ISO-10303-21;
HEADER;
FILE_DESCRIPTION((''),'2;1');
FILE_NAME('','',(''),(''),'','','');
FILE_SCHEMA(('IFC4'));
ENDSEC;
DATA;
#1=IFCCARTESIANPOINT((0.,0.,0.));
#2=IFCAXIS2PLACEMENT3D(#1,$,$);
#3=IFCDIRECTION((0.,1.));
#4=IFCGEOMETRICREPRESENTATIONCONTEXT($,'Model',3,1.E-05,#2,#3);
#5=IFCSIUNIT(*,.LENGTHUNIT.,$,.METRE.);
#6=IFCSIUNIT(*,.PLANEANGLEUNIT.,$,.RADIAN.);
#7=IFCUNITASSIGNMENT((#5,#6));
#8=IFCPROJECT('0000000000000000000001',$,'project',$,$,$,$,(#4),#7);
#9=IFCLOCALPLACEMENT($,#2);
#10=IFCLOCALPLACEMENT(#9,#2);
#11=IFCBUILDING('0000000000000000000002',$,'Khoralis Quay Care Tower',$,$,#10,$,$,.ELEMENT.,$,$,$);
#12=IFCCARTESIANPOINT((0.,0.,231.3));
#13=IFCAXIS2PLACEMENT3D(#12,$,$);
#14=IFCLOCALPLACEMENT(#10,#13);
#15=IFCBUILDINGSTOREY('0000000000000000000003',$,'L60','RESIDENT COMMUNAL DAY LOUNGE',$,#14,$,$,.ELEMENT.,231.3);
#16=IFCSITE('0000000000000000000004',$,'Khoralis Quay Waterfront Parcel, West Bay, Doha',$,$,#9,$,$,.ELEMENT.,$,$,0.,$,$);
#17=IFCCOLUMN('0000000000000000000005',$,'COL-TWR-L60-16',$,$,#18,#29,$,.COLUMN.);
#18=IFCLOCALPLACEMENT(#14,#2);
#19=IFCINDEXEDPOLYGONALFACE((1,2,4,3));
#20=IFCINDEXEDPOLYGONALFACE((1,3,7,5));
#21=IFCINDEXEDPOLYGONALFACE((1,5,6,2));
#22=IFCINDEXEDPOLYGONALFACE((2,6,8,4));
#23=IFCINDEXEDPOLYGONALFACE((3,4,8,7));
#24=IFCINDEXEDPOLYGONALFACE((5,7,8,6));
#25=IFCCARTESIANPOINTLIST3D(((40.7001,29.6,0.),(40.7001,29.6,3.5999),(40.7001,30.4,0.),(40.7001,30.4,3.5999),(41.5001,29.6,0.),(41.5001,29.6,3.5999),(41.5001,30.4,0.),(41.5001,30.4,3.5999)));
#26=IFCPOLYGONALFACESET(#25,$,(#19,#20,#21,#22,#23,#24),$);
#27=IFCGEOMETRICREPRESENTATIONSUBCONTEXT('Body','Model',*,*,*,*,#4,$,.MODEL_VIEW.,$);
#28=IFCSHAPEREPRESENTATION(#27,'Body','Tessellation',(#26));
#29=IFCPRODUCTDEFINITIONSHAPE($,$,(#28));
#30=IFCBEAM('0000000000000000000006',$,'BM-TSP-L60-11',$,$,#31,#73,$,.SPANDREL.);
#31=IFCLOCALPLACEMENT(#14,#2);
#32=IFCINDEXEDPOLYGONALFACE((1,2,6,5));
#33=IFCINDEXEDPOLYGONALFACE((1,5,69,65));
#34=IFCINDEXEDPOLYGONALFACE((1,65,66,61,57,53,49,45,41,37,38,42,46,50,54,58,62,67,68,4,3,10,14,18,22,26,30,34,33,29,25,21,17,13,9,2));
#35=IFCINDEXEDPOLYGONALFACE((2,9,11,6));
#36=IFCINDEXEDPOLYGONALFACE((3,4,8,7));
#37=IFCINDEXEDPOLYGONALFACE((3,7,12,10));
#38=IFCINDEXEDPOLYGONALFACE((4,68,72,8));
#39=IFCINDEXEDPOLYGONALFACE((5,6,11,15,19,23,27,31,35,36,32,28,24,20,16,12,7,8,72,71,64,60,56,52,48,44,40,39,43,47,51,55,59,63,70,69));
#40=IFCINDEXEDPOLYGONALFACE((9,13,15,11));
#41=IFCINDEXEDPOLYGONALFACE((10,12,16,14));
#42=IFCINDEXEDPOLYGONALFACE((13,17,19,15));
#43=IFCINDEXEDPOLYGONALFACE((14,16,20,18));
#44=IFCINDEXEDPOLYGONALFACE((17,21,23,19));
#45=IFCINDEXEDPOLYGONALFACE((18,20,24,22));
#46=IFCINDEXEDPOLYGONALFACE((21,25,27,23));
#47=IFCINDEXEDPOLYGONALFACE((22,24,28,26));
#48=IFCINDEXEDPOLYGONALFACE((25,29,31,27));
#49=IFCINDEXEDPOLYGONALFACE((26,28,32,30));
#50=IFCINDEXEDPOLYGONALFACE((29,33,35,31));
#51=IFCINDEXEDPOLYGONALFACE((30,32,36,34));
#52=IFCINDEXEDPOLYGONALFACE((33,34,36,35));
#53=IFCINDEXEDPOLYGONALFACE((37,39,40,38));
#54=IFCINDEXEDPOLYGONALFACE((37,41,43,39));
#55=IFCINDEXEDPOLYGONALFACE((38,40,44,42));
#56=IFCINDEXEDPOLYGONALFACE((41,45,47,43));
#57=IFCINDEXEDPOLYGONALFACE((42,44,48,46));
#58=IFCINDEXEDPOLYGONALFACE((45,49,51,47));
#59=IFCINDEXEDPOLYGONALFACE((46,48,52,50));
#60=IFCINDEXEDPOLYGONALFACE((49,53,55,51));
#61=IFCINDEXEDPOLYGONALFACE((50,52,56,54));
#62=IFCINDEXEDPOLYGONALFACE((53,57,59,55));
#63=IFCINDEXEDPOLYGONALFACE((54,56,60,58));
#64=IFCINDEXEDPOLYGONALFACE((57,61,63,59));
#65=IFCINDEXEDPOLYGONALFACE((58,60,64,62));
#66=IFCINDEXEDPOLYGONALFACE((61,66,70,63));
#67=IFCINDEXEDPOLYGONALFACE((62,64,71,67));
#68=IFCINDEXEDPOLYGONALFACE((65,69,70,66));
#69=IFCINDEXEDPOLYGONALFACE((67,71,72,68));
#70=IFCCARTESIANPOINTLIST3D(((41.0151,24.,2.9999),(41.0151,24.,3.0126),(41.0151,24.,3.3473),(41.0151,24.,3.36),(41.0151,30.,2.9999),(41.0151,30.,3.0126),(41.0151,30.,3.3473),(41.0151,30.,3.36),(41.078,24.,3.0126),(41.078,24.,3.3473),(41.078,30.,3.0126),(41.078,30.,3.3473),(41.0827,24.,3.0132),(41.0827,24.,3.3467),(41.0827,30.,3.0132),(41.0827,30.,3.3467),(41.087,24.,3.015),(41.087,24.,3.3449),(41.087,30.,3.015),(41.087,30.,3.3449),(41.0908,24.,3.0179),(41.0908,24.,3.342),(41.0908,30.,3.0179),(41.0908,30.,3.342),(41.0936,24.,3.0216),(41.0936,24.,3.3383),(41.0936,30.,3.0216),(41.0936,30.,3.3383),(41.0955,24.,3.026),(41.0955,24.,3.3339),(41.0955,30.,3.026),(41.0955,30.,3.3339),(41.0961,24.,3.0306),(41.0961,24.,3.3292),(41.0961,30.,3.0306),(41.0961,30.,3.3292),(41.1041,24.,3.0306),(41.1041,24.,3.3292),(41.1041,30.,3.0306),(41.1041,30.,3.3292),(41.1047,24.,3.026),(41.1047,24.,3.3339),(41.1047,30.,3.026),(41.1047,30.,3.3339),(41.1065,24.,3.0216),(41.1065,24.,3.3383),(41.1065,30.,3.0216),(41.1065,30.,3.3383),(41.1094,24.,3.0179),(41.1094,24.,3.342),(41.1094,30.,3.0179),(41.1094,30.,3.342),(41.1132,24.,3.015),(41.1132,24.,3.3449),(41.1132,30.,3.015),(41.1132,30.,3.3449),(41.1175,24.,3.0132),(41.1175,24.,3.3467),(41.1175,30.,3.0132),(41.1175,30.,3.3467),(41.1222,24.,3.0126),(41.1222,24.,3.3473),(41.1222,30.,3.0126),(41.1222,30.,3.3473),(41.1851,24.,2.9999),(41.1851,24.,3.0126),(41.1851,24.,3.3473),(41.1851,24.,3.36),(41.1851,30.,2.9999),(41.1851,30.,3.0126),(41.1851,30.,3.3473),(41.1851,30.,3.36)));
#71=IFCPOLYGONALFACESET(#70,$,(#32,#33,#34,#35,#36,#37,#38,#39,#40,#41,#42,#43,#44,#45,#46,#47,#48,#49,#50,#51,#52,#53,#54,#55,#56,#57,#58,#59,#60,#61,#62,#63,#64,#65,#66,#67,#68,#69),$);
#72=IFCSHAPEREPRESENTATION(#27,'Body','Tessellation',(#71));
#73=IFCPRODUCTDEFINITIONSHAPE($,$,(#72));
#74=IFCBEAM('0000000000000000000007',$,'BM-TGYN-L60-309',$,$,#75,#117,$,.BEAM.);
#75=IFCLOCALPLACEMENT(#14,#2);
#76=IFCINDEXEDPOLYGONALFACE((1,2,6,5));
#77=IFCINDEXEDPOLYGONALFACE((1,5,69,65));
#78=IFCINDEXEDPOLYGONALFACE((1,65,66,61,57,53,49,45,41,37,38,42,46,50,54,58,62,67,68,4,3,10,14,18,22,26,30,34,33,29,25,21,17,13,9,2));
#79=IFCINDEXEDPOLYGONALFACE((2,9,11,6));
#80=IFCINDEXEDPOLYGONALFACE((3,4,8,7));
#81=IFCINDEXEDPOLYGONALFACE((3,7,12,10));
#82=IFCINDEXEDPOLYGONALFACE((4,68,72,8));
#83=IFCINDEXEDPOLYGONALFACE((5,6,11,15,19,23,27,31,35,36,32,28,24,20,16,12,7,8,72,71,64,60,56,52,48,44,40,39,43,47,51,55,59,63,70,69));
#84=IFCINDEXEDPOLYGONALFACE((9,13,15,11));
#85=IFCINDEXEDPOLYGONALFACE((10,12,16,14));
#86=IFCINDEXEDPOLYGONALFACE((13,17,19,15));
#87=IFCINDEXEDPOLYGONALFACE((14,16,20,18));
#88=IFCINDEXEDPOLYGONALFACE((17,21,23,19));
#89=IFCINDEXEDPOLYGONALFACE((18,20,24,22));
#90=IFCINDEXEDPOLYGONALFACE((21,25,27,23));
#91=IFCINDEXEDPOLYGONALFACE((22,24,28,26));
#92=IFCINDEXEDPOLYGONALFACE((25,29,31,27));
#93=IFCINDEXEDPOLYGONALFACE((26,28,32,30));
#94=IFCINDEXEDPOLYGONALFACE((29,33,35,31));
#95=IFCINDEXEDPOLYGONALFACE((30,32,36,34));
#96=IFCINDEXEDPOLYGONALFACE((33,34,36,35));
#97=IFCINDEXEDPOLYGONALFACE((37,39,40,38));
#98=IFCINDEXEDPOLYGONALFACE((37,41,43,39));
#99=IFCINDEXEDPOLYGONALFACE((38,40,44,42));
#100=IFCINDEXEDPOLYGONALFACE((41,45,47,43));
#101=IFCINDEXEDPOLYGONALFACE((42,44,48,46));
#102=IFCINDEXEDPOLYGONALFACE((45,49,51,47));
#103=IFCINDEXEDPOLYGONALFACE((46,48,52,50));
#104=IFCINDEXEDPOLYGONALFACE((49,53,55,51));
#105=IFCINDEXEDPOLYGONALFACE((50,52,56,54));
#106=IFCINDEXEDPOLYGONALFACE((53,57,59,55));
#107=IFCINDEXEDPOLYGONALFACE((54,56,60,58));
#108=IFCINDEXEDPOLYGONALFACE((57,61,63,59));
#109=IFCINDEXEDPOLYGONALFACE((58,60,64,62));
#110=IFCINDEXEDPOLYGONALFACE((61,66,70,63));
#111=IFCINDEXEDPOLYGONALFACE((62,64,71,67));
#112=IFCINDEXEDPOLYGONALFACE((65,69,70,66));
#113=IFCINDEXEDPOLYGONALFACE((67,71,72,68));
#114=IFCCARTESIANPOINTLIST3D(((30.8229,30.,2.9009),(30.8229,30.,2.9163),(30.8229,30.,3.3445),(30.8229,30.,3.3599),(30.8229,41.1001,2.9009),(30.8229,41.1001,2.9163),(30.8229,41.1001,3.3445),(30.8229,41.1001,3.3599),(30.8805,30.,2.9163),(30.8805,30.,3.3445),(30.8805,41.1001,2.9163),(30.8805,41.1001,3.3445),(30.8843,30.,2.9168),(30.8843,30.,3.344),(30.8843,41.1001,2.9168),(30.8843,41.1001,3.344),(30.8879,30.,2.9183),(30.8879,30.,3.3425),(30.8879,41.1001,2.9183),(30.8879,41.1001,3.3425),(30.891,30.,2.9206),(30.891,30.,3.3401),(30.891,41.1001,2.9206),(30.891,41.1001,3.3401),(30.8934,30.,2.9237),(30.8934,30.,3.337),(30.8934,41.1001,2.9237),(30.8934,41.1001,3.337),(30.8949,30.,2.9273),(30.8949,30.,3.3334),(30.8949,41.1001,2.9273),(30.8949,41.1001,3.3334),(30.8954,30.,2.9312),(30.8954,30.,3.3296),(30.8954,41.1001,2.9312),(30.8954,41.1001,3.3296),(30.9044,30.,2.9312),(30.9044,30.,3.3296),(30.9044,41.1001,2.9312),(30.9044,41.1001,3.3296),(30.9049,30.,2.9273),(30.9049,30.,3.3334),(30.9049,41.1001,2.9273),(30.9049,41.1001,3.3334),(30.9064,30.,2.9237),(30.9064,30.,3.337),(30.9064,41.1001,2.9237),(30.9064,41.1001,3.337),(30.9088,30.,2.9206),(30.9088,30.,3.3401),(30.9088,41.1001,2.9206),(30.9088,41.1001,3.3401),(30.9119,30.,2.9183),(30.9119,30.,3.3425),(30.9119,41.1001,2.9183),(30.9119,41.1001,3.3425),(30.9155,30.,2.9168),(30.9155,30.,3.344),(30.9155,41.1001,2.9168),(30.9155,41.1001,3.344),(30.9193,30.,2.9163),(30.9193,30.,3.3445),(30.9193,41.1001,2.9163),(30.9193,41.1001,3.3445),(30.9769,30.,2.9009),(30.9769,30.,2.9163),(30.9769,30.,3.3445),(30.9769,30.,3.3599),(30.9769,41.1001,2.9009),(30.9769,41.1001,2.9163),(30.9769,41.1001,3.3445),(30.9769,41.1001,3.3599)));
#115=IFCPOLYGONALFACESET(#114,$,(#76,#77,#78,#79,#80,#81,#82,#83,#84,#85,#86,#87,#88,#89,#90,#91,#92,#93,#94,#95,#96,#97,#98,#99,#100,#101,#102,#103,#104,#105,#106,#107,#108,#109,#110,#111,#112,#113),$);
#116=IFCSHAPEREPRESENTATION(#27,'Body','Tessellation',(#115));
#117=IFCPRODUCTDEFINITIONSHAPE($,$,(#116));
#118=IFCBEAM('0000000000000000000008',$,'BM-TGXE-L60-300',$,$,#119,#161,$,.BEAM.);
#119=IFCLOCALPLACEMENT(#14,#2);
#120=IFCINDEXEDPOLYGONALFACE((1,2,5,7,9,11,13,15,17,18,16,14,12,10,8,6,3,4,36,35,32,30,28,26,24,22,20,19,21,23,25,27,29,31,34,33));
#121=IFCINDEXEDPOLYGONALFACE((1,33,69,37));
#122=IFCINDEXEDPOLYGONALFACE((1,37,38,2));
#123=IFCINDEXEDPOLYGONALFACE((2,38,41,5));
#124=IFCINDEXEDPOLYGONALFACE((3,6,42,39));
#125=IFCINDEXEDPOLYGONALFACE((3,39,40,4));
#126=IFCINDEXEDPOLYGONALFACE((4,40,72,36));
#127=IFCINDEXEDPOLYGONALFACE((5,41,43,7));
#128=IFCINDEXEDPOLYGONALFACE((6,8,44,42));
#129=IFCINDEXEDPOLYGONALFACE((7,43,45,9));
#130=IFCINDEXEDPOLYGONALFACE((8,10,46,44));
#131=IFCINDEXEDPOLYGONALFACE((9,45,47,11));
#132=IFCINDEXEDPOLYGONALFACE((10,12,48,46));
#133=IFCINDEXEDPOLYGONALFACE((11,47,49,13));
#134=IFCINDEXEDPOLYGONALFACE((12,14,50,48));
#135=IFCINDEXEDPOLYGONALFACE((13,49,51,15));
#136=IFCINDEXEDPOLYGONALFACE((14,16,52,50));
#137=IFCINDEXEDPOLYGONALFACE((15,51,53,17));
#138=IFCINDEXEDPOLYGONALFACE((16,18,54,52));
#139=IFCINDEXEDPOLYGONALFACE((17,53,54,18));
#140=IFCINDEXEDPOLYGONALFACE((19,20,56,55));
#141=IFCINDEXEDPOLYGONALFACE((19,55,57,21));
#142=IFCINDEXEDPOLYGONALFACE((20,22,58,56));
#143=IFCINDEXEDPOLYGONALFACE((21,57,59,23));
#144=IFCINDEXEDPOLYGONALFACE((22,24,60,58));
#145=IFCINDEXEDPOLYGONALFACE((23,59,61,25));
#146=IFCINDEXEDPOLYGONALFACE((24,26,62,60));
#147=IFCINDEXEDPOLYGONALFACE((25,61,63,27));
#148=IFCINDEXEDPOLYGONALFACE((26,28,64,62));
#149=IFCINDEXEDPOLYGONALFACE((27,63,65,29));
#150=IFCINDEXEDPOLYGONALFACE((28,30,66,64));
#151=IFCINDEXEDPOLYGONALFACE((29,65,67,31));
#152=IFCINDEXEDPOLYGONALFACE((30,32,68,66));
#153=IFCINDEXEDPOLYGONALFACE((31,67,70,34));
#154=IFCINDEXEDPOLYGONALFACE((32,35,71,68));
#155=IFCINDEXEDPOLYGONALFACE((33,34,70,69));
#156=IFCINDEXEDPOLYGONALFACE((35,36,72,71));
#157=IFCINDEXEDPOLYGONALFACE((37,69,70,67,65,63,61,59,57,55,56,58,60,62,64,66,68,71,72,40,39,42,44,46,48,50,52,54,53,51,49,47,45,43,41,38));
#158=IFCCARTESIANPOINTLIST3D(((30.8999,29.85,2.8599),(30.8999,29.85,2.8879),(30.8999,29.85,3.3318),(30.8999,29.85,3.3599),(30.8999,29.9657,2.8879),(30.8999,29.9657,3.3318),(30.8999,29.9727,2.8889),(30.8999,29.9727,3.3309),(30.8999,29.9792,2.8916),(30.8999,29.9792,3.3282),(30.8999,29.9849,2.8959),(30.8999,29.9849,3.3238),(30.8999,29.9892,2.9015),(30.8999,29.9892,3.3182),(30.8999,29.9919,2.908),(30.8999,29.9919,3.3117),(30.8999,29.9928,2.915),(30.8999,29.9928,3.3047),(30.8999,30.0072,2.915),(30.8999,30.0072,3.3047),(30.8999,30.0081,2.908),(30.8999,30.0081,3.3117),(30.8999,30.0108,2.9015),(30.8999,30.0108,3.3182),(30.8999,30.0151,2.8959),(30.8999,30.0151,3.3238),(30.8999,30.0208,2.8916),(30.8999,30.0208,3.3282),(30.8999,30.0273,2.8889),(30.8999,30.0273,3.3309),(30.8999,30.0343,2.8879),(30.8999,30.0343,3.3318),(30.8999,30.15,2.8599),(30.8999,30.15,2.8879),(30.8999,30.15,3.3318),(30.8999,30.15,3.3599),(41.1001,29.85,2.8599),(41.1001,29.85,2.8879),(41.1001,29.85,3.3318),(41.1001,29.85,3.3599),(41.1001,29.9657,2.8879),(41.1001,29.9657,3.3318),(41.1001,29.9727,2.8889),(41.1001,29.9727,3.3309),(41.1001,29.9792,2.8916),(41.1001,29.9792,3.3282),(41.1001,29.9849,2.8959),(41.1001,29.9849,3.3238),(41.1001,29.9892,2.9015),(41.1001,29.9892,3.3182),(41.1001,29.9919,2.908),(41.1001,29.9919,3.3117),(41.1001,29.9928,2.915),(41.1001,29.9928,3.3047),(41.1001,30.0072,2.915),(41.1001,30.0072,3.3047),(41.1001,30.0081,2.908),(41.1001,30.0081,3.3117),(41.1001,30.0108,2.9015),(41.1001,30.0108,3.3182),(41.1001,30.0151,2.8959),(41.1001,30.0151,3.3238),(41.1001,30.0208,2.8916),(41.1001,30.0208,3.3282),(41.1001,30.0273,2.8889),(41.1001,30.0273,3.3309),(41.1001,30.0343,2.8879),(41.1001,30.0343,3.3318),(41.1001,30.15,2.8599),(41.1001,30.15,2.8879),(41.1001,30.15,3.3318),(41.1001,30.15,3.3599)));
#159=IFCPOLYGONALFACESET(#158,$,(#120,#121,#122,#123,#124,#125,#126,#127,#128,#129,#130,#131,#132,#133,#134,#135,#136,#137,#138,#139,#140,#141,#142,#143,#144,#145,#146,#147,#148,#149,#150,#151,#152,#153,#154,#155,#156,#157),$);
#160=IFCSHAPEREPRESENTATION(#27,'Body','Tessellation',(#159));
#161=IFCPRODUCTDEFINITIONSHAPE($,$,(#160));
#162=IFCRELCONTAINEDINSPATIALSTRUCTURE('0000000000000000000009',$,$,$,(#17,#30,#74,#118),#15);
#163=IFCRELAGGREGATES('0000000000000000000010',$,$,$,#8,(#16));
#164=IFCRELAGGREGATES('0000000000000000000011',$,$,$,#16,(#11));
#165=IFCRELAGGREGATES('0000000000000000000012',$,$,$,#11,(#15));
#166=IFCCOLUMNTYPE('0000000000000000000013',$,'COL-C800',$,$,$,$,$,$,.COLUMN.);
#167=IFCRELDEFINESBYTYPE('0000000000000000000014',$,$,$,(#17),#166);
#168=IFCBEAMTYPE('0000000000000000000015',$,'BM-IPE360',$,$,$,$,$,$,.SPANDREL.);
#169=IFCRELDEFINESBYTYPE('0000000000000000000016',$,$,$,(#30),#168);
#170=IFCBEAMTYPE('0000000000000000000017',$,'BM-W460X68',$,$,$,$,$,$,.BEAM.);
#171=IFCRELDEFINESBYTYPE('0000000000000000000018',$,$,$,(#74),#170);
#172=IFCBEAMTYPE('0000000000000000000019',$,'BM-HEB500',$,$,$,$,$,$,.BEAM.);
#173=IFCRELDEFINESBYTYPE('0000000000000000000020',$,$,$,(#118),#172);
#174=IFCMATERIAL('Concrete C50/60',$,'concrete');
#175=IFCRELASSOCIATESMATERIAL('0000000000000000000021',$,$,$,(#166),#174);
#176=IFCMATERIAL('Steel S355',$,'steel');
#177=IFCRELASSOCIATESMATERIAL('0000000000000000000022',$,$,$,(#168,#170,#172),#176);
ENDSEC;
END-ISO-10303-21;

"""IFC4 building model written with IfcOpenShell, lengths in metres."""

from ifc_helpers import new_model, si_unit, direction, frame, origin, origin_2d, place, context, subcontext, project, spatial, rectangle, i_section, extrude, source, transform, mapped, material, material_profile, profile_set, type_object, element, save


model = new_model("IFC4")

# Units and contexts
model_context = context("Model", 3, precision=1e-05, world=origin(), true_north=direction((0.0, 1.0)))
body_context = subcontext(model_context, "Body", "Model", "MODEL_VIEW")
ifc_project = project(units=[si_unit("LENGTHUNIT", "METRE"), si_unit("PLANEANGLEUNIT", "RADIAN")], contexts=[model_context])

# Site, building, storey
site_placement = place(None, origin())
site = spatial("IfcSite", under=ifc_project, at=site_placement, Name="Khoralis Quay Waterfront Parcel, West Bay, Doha", CompositionType="ELEMENT", RefElevation=0.0)
building_placement = place(site_placement, origin())
building = spatial("IfcBuilding", under=site, at=building_placement, Name="Khoralis Quay Care Tower", CompositionType="ELEMENT")
storey_placement = place(building_placement, frame((0.0, 0.0, 231.3)))
storey = spatial("IfcBuildingStorey", under=building, at=storey_placement, Name="L60", Description="RESIDENT COMMUNAL DAY LOUNGE", CompositionType="ELEMENT", Elevation=231.3)

# Column
ifc_material_1 = material(Name="Concrete C50/60", Category="concrete")
ifc_material_profile_1 = material_profile(ifc_material_1, rectangle(XDim=0.8, YDim=0.8, at=origin_2d()), Name="Concrete C50/60")
ifc_profile_set_1 = profile_set([ifc_material_profile_1], Name="Concrete C50/60")
column_type = type_object("IfcColumnType", Name="COL-C800", PredefinedType="COLUMN", material=ifc_profile_set_1)
shared_shape_1 = source(origin(), body_context, "Body", "SweptSolid", [
    extrude(rectangle(XDim=0.8, YDim=0.8, at=origin_2d()), origin(), (0.0, 0.0, 1.0), 3.5999),
])
column_placement = place(storey_placement, frame((41.1001, 30.0, 0.0), z_axis=(0.0, 0.0, 1.0), x_axis=(1.0, 0.0, 0.0)))
element("IfcColumn", 1, at=column_placement, inside=storey, type_object=column_type, Name="COL-TWR-L60-16", PredefinedType="COLUMN", context=body_context, shape_type="MappedRepresentation", body=[
    mapped(shared_shape_1, transform((0.0, 0.0, 0.0), scale=1.0)),
])

# Beams
ifc_material_2 = material(Name="Steel S355", Category="steel")
ifc_material_profile_2 = material_profile(ifc_material_2, i_section(OverallWidth=0.1699, OverallDepth=0.3601, WebThickness=0.0081, FlangeThickness=0.0127, FilletRadius=0.0181, at=origin_2d()), Name="Steel S355")
ifc_profile_set_2 = profile_set([ifc_material_profile_2], Name="Steel S355")
beam_type_1 = type_object("IfcBeamType", Name="BM-IPE360", PredefinedType="SPANDREL", material=ifc_profile_set_2)
shared_shape_2 = source(origin(), body_context, "Body", "SweptSolid", [
    extrude(i_section(OverallWidth=0.1699, OverallDepth=0.3601, WebThickness=0.0081, FlangeThickness=0.0127, FilletRadius=0.0181, at=origin_2d()), origin(), (0.0, 0.0, 1.0), 6.0),
])
beam_1_placement = place(storey_placement, frame((41.1001, 24.0, 3.1799), z_axis=(0.0, 1.0, 0.0), x_axis=(-1.0, 0.0, 0.0)))
element("IfcBeam", 2, at=beam_1_placement, inside=storey, type_object=beam_type_1, Name="BM-TSP-L60-11", PredefinedType="SPANDREL", context=body_context, shape_type="MappedRepresentation", body=[
    mapped(shared_shape_2, transform((0.0, 0.0, 0.0), scale=1.0)),
])
ifc_material_profile_3 = material_profile(ifc_material_2, i_section(OverallWidth=0.1541, OverallDepth=0.459, WebThickness=0.009, FlangeThickness=0.0154, FilletRadius=0.0149, at=origin_2d()), Name="Steel S355")
ifc_profile_set_3 = profile_set([ifc_material_profile_3], Name="Steel S355")
beam_type_2 = type_object("IfcBeamType", Name="BM-W460X68", PredefinedType="BEAM", material=ifc_profile_set_3)
shared_shape_3 = source(origin(), body_context, "Body", "SweptSolid", [
    extrude(i_section(OverallWidth=0.1541, OverallDepth=0.459, WebThickness=0.009, FlangeThickness=0.0154, FilletRadius=0.0149, at=origin_2d()), origin(), (0.0, 0.0, 1.0), 11.1001),
])
beam_2_placement = place(storey_placement, frame((30.8999, 30.0, 3.1304), z_axis=(0.0, 1.0, 0.0), x_axis=(-1.0, 0.0, 0.0)))
element("IfcBeam", 3, at=beam_2_placement, inside=storey, type_object=beam_type_2, Name="BM-TGYN-L60-309", PredefinedType="BEAM", context=body_context, shape_type="MappedRepresentation", body=[
    mapped(shared_shape_3, transform((0.0, 0.0, 0.0), scale=1.0)),
])
ifc_material_profile_4 = material_profile(ifc_material_2, i_section(OverallWidth=0.3, OverallDepth=0.5, WebThickness=0.0144, FlangeThickness=0.0281, FilletRadius=0.0271, at=origin_2d()), Name="Steel S355")
ifc_profile_set_4 = profile_set([ifc_material_profile_4], Name="Steel S355")
beam_type_3 = type_object("IfcBeamType", Name="BM-HEB500", PredefinedType="BEAM", material=ifc_profile_set_4)
shared_shape_4 = source(origin(), body_context, "Body", "SweptSolid", [
    extrude(i_section(OverallWidth=0.3, OverallDepth=0.5, WebThickness=0.0144, FlangeThickness=0.0281, FilletRadius=0.0271, at=origin_2d()), origin(), (0.0, 0.0, 1.0), 10.2002),
])
beam_3_placement = place(storey_placement, frame((30.8999, 30.0, 3.1099), z_axis=(1.0, 0.0, 0.0), x_axis=(0.0, 1.0, 0.0)))
element("IfcBeam", 4, at=beam_3_placement, inside=storey, type_object=beam_type_3, Name="BM-TGXE-L60-300", PredefinedType="BEAM", context=body_context, shape_type="MappedRepresentation", body=[
    mapped(shared_shape_4, transform((0.0, 0.0, 0.0), scale=1.0)),
])

save(model, "model.ifc")
